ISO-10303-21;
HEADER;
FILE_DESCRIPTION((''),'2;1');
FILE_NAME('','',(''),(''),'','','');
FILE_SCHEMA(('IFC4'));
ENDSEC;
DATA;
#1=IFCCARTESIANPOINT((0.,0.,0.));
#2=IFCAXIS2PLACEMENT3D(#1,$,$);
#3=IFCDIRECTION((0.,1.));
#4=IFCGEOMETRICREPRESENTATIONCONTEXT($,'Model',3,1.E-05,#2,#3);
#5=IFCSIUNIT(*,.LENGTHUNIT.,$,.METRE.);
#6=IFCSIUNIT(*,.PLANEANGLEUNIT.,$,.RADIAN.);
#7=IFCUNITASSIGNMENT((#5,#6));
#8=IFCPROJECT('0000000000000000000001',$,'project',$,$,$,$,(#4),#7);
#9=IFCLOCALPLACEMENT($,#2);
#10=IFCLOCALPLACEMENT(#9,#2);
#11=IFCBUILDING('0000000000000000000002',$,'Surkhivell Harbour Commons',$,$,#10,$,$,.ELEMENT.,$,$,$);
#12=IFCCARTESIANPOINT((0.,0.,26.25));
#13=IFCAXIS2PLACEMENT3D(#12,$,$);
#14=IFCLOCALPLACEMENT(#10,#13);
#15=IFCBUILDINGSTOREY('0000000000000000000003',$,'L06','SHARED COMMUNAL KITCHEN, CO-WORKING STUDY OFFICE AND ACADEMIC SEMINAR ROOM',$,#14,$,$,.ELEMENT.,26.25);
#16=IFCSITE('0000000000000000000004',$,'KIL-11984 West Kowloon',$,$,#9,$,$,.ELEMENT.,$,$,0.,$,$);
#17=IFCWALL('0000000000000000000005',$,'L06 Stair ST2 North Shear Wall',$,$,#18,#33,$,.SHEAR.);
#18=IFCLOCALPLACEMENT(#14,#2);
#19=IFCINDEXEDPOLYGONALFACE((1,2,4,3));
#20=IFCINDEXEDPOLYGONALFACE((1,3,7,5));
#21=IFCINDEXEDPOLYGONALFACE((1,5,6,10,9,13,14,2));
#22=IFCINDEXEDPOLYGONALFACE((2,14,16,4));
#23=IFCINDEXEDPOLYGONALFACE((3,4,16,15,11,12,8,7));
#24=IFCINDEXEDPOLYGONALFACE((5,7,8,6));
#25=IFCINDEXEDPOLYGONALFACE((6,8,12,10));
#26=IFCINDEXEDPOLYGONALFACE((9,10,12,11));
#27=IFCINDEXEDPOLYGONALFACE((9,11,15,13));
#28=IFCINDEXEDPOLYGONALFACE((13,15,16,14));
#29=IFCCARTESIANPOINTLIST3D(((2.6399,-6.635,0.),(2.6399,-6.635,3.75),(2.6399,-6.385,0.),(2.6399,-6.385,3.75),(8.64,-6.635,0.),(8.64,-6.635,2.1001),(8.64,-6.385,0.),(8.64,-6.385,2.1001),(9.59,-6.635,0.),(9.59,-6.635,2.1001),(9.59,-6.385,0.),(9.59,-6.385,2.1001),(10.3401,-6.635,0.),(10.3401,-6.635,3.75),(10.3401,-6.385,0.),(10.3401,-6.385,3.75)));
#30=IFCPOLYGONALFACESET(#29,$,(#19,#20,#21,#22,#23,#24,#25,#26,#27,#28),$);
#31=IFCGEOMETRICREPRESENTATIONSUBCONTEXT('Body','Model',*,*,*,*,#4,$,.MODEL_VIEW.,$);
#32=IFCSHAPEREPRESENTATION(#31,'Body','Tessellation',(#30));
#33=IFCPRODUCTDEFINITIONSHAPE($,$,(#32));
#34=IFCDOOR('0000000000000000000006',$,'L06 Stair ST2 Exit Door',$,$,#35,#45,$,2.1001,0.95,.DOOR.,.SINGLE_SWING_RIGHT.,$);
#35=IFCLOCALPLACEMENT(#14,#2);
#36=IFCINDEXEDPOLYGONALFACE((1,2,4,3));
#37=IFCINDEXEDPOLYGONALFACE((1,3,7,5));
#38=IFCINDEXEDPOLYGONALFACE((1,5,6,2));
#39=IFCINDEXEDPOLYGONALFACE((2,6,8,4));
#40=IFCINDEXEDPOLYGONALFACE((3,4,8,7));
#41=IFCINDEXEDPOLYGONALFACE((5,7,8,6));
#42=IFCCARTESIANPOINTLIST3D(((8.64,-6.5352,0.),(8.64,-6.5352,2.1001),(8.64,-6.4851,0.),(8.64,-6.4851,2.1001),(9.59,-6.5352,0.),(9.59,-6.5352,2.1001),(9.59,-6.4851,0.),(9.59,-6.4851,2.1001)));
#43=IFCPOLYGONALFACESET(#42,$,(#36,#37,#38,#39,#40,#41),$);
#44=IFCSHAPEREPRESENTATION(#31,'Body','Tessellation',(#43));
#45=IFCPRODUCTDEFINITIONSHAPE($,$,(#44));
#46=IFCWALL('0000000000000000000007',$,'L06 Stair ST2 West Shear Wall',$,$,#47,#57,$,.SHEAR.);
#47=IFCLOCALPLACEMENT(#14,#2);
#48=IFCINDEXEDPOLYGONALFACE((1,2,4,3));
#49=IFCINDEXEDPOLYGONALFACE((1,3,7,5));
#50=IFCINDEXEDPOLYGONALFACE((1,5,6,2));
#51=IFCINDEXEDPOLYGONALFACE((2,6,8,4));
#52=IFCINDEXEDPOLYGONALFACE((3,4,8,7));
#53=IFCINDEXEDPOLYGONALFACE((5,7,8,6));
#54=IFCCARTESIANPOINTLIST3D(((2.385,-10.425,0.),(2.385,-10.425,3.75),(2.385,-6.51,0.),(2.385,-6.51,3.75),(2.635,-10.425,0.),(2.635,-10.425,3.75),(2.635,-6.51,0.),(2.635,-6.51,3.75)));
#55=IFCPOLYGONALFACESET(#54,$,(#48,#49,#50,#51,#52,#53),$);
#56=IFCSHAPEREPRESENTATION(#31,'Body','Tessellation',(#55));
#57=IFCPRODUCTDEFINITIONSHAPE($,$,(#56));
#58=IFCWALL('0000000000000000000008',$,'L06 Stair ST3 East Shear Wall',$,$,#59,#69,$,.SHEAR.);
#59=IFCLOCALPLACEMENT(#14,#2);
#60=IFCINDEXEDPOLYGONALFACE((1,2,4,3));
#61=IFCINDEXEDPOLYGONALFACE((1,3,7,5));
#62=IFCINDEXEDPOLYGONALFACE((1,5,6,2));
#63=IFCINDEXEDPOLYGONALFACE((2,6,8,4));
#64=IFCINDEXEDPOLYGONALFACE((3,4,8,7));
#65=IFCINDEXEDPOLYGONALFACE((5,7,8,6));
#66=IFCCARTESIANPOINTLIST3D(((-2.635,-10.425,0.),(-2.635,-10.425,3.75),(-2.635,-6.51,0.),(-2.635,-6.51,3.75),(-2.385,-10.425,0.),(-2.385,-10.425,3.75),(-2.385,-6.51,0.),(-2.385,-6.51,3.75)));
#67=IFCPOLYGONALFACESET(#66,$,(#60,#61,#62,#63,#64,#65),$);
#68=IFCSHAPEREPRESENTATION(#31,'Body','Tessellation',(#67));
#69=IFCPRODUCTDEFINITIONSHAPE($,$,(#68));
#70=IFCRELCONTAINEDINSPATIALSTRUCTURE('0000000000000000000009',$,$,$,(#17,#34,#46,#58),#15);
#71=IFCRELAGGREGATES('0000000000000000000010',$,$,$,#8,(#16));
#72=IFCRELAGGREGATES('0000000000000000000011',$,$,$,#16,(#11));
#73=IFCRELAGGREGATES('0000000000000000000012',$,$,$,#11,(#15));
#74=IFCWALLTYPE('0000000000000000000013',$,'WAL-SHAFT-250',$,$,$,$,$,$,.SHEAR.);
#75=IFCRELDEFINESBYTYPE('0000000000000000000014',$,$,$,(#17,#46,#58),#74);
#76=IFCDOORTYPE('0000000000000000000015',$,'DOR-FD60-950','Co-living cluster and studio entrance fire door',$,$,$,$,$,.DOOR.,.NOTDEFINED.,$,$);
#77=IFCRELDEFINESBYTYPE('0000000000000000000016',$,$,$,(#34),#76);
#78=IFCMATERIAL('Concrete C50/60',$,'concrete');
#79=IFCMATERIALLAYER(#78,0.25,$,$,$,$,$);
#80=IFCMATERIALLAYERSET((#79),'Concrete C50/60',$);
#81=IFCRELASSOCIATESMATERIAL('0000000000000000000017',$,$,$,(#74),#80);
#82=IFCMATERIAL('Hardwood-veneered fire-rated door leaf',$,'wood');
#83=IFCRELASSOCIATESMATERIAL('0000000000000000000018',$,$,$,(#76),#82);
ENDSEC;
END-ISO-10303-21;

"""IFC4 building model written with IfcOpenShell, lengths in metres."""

from ifc_helpers import new_model, si_unit, direction, frame, frame_2d, origin, place, context, subcontext, project, spatial, rectangle, extrude, material, layer, layer_set, type_object, element, fill, save


model = new_model("IFC4")

# Units and contexts
model_context = context("Model", 3, precision=1e-05, world=origin(), true_north=direction((0.0, 1.0)))
body_context = subcontext(model_context, "Body", "Model", "MODEL_VIEW")
ifc_project = project(units=[si_unit("LENGTHUNIT", "METRE"), si_unit("PLANEANGLEUNIT", "RADIAN")], contexts=[model_context])

# Site, building, storey
site_placement = place(None, origin())
site = spatial("IfcSite", under=ifc_project, at=site_placement, Name="KIL-11984 West Kowloon", CompositionType="ELEMENT", RefElevation=0.0)
building_placement = place(site_placement, origin())
building = spatial("IfcBuilding", under=site, at=building_placement, Name="Surkhivell Harbour Commons", CompositionType="ELEMENT")
storey_placement = place(building_placement, frame((0.0, 0.0, 26.25)))
storey = spatial("IfcBuildingStorey", under=building, at=storey_placement, Name="L06", Description="SHARED COMMUNAL KITCHEN, CO-WORKING STUDY OFFICE AND ACADEMIC SEMINAR ROOM", CompositionType="ELEMENT", Elevation=26.25)

# Shared definitions
ifc_material_1 = material(Name="Hardwood-veneered fire-rated door leaf", Category="wood")

# Shared definitions
ifc_material_2 = material(Name="Concrete C50/60", Category="concrete")
ifc_layer_1 = layer(ifc_material_2, 0.25)
ifc_layer_set_1 = layer_set([ifc_layer_1], Name="Concrete C50/60")
wall_type_1 = type_object("IfcWallType", Name="WAL-SHAFT-250", PredefinedType="SHEAR", material=ifc_layer_set_1)

# Wall, opening, door
wall_1_placement = place(storey_placement, frame((2.6399, -6.51, 0.0), z_axis=(0.0, 0.0, 1.0), x_axis=(1.0, 0.0, 0.0)))
wall_1 = element("IfcWall", 1, at=wall_1_placement, inside=storey, type_object=wall_type_1, Name="L06 Stair ST2 North Shear Wall", PredefinedType="SHEAR", context=body_context, shape_type="SweptSolid", body=[
    extrude(rectangle(XDim=7.7002, YDim=0.25, at=frame_2d((3.8501, 0.0))), origin(), (0.0, 0.0, 1.0), 3.75),
])
opening_1_placement = place(wall_1_placement, frame((6.0, 0.0, 0.0)))
opening_1 = element("IfcOpeningElement", 2, at=opening_1_placement, cuts=wall_1, PredefinedType="OPENING", context=body_context, shape_type="SweptSolid", body=[
    extrude(rectangle(XDim=0.95, YDim=2.1001, at=frame_2d((0.4751, 1.05))), frame((0.0, 0.135, 0.0), z_axis=(0.0, -1.0, 0.0), x_axis=(1.0, 0.0, 0.0)), (0.0, 0.0, 1.0), 0.27),
])
door_type_1 = type_object("IfcDoorType", Name="DOR-FD60-950", Description="Co-living cluster and studio entrance fire door", OperationType="NOTDEFINED", PredefinedType="DOOR", material=ifc_material_1)
door_1_placement = place(opening_1_placement, origin())
door_1 = element("IfcDoor", 3, at=door_1_placement, inside=storey, type_object=door_type_1, Name="L06 Stair ST2 Exit Door", OperationType="SINGLE_SWING_RIGHT", OverallHeight=2.1001, OverallWidth=0.95, PredefinedType="DOOR", context=body_context, shape_type="SweptSolid", body=[
    extrude(rectangle(XDim=0.95, YDim=2.1001, at=frame_2d((0.4751, 1.05))), frame((0.0, 0.0249, 0.0), z_axis=(0.0, -1.0, 0.0), x_axis=(1.0, 0.0, 0.0)), (0.0, 0.0, 1.0), 0.05),
])
fill(opening_1, door_1)

# Walls
for number, where, z_axis, x_axis, name in (
    (4, (2.51, -10.425, 0.0), (0.0, 0.0, 1.0), (0.0, 1.0, 0.0), "L06 Stair ST2 West Shear Wall"),
    (5, (-2.51, -10.425, 0.0), (0.0, 0.0, 1.0), (0.0, 1.0, 0.0), "L06 Stair ST3 East Shear Wall"),
):
    element("IfcWall", number, at=place(storey_placement, frame(where, z_axis=z_axis, x_axis=x_axis)), inside=storey, type_object=wall_type_1, Name=name, PredefinedType="SHEAR", context=body_context, shape_type="SweptSolid", body=[
        extrude(rectangle(XDim=3.915, YDim=0.25, at=frame_2d((1.9575, 0.0))), origin(), (0.0, 0.0, 1.0), 3.75),
    ])

save(model, "model.ifc")
